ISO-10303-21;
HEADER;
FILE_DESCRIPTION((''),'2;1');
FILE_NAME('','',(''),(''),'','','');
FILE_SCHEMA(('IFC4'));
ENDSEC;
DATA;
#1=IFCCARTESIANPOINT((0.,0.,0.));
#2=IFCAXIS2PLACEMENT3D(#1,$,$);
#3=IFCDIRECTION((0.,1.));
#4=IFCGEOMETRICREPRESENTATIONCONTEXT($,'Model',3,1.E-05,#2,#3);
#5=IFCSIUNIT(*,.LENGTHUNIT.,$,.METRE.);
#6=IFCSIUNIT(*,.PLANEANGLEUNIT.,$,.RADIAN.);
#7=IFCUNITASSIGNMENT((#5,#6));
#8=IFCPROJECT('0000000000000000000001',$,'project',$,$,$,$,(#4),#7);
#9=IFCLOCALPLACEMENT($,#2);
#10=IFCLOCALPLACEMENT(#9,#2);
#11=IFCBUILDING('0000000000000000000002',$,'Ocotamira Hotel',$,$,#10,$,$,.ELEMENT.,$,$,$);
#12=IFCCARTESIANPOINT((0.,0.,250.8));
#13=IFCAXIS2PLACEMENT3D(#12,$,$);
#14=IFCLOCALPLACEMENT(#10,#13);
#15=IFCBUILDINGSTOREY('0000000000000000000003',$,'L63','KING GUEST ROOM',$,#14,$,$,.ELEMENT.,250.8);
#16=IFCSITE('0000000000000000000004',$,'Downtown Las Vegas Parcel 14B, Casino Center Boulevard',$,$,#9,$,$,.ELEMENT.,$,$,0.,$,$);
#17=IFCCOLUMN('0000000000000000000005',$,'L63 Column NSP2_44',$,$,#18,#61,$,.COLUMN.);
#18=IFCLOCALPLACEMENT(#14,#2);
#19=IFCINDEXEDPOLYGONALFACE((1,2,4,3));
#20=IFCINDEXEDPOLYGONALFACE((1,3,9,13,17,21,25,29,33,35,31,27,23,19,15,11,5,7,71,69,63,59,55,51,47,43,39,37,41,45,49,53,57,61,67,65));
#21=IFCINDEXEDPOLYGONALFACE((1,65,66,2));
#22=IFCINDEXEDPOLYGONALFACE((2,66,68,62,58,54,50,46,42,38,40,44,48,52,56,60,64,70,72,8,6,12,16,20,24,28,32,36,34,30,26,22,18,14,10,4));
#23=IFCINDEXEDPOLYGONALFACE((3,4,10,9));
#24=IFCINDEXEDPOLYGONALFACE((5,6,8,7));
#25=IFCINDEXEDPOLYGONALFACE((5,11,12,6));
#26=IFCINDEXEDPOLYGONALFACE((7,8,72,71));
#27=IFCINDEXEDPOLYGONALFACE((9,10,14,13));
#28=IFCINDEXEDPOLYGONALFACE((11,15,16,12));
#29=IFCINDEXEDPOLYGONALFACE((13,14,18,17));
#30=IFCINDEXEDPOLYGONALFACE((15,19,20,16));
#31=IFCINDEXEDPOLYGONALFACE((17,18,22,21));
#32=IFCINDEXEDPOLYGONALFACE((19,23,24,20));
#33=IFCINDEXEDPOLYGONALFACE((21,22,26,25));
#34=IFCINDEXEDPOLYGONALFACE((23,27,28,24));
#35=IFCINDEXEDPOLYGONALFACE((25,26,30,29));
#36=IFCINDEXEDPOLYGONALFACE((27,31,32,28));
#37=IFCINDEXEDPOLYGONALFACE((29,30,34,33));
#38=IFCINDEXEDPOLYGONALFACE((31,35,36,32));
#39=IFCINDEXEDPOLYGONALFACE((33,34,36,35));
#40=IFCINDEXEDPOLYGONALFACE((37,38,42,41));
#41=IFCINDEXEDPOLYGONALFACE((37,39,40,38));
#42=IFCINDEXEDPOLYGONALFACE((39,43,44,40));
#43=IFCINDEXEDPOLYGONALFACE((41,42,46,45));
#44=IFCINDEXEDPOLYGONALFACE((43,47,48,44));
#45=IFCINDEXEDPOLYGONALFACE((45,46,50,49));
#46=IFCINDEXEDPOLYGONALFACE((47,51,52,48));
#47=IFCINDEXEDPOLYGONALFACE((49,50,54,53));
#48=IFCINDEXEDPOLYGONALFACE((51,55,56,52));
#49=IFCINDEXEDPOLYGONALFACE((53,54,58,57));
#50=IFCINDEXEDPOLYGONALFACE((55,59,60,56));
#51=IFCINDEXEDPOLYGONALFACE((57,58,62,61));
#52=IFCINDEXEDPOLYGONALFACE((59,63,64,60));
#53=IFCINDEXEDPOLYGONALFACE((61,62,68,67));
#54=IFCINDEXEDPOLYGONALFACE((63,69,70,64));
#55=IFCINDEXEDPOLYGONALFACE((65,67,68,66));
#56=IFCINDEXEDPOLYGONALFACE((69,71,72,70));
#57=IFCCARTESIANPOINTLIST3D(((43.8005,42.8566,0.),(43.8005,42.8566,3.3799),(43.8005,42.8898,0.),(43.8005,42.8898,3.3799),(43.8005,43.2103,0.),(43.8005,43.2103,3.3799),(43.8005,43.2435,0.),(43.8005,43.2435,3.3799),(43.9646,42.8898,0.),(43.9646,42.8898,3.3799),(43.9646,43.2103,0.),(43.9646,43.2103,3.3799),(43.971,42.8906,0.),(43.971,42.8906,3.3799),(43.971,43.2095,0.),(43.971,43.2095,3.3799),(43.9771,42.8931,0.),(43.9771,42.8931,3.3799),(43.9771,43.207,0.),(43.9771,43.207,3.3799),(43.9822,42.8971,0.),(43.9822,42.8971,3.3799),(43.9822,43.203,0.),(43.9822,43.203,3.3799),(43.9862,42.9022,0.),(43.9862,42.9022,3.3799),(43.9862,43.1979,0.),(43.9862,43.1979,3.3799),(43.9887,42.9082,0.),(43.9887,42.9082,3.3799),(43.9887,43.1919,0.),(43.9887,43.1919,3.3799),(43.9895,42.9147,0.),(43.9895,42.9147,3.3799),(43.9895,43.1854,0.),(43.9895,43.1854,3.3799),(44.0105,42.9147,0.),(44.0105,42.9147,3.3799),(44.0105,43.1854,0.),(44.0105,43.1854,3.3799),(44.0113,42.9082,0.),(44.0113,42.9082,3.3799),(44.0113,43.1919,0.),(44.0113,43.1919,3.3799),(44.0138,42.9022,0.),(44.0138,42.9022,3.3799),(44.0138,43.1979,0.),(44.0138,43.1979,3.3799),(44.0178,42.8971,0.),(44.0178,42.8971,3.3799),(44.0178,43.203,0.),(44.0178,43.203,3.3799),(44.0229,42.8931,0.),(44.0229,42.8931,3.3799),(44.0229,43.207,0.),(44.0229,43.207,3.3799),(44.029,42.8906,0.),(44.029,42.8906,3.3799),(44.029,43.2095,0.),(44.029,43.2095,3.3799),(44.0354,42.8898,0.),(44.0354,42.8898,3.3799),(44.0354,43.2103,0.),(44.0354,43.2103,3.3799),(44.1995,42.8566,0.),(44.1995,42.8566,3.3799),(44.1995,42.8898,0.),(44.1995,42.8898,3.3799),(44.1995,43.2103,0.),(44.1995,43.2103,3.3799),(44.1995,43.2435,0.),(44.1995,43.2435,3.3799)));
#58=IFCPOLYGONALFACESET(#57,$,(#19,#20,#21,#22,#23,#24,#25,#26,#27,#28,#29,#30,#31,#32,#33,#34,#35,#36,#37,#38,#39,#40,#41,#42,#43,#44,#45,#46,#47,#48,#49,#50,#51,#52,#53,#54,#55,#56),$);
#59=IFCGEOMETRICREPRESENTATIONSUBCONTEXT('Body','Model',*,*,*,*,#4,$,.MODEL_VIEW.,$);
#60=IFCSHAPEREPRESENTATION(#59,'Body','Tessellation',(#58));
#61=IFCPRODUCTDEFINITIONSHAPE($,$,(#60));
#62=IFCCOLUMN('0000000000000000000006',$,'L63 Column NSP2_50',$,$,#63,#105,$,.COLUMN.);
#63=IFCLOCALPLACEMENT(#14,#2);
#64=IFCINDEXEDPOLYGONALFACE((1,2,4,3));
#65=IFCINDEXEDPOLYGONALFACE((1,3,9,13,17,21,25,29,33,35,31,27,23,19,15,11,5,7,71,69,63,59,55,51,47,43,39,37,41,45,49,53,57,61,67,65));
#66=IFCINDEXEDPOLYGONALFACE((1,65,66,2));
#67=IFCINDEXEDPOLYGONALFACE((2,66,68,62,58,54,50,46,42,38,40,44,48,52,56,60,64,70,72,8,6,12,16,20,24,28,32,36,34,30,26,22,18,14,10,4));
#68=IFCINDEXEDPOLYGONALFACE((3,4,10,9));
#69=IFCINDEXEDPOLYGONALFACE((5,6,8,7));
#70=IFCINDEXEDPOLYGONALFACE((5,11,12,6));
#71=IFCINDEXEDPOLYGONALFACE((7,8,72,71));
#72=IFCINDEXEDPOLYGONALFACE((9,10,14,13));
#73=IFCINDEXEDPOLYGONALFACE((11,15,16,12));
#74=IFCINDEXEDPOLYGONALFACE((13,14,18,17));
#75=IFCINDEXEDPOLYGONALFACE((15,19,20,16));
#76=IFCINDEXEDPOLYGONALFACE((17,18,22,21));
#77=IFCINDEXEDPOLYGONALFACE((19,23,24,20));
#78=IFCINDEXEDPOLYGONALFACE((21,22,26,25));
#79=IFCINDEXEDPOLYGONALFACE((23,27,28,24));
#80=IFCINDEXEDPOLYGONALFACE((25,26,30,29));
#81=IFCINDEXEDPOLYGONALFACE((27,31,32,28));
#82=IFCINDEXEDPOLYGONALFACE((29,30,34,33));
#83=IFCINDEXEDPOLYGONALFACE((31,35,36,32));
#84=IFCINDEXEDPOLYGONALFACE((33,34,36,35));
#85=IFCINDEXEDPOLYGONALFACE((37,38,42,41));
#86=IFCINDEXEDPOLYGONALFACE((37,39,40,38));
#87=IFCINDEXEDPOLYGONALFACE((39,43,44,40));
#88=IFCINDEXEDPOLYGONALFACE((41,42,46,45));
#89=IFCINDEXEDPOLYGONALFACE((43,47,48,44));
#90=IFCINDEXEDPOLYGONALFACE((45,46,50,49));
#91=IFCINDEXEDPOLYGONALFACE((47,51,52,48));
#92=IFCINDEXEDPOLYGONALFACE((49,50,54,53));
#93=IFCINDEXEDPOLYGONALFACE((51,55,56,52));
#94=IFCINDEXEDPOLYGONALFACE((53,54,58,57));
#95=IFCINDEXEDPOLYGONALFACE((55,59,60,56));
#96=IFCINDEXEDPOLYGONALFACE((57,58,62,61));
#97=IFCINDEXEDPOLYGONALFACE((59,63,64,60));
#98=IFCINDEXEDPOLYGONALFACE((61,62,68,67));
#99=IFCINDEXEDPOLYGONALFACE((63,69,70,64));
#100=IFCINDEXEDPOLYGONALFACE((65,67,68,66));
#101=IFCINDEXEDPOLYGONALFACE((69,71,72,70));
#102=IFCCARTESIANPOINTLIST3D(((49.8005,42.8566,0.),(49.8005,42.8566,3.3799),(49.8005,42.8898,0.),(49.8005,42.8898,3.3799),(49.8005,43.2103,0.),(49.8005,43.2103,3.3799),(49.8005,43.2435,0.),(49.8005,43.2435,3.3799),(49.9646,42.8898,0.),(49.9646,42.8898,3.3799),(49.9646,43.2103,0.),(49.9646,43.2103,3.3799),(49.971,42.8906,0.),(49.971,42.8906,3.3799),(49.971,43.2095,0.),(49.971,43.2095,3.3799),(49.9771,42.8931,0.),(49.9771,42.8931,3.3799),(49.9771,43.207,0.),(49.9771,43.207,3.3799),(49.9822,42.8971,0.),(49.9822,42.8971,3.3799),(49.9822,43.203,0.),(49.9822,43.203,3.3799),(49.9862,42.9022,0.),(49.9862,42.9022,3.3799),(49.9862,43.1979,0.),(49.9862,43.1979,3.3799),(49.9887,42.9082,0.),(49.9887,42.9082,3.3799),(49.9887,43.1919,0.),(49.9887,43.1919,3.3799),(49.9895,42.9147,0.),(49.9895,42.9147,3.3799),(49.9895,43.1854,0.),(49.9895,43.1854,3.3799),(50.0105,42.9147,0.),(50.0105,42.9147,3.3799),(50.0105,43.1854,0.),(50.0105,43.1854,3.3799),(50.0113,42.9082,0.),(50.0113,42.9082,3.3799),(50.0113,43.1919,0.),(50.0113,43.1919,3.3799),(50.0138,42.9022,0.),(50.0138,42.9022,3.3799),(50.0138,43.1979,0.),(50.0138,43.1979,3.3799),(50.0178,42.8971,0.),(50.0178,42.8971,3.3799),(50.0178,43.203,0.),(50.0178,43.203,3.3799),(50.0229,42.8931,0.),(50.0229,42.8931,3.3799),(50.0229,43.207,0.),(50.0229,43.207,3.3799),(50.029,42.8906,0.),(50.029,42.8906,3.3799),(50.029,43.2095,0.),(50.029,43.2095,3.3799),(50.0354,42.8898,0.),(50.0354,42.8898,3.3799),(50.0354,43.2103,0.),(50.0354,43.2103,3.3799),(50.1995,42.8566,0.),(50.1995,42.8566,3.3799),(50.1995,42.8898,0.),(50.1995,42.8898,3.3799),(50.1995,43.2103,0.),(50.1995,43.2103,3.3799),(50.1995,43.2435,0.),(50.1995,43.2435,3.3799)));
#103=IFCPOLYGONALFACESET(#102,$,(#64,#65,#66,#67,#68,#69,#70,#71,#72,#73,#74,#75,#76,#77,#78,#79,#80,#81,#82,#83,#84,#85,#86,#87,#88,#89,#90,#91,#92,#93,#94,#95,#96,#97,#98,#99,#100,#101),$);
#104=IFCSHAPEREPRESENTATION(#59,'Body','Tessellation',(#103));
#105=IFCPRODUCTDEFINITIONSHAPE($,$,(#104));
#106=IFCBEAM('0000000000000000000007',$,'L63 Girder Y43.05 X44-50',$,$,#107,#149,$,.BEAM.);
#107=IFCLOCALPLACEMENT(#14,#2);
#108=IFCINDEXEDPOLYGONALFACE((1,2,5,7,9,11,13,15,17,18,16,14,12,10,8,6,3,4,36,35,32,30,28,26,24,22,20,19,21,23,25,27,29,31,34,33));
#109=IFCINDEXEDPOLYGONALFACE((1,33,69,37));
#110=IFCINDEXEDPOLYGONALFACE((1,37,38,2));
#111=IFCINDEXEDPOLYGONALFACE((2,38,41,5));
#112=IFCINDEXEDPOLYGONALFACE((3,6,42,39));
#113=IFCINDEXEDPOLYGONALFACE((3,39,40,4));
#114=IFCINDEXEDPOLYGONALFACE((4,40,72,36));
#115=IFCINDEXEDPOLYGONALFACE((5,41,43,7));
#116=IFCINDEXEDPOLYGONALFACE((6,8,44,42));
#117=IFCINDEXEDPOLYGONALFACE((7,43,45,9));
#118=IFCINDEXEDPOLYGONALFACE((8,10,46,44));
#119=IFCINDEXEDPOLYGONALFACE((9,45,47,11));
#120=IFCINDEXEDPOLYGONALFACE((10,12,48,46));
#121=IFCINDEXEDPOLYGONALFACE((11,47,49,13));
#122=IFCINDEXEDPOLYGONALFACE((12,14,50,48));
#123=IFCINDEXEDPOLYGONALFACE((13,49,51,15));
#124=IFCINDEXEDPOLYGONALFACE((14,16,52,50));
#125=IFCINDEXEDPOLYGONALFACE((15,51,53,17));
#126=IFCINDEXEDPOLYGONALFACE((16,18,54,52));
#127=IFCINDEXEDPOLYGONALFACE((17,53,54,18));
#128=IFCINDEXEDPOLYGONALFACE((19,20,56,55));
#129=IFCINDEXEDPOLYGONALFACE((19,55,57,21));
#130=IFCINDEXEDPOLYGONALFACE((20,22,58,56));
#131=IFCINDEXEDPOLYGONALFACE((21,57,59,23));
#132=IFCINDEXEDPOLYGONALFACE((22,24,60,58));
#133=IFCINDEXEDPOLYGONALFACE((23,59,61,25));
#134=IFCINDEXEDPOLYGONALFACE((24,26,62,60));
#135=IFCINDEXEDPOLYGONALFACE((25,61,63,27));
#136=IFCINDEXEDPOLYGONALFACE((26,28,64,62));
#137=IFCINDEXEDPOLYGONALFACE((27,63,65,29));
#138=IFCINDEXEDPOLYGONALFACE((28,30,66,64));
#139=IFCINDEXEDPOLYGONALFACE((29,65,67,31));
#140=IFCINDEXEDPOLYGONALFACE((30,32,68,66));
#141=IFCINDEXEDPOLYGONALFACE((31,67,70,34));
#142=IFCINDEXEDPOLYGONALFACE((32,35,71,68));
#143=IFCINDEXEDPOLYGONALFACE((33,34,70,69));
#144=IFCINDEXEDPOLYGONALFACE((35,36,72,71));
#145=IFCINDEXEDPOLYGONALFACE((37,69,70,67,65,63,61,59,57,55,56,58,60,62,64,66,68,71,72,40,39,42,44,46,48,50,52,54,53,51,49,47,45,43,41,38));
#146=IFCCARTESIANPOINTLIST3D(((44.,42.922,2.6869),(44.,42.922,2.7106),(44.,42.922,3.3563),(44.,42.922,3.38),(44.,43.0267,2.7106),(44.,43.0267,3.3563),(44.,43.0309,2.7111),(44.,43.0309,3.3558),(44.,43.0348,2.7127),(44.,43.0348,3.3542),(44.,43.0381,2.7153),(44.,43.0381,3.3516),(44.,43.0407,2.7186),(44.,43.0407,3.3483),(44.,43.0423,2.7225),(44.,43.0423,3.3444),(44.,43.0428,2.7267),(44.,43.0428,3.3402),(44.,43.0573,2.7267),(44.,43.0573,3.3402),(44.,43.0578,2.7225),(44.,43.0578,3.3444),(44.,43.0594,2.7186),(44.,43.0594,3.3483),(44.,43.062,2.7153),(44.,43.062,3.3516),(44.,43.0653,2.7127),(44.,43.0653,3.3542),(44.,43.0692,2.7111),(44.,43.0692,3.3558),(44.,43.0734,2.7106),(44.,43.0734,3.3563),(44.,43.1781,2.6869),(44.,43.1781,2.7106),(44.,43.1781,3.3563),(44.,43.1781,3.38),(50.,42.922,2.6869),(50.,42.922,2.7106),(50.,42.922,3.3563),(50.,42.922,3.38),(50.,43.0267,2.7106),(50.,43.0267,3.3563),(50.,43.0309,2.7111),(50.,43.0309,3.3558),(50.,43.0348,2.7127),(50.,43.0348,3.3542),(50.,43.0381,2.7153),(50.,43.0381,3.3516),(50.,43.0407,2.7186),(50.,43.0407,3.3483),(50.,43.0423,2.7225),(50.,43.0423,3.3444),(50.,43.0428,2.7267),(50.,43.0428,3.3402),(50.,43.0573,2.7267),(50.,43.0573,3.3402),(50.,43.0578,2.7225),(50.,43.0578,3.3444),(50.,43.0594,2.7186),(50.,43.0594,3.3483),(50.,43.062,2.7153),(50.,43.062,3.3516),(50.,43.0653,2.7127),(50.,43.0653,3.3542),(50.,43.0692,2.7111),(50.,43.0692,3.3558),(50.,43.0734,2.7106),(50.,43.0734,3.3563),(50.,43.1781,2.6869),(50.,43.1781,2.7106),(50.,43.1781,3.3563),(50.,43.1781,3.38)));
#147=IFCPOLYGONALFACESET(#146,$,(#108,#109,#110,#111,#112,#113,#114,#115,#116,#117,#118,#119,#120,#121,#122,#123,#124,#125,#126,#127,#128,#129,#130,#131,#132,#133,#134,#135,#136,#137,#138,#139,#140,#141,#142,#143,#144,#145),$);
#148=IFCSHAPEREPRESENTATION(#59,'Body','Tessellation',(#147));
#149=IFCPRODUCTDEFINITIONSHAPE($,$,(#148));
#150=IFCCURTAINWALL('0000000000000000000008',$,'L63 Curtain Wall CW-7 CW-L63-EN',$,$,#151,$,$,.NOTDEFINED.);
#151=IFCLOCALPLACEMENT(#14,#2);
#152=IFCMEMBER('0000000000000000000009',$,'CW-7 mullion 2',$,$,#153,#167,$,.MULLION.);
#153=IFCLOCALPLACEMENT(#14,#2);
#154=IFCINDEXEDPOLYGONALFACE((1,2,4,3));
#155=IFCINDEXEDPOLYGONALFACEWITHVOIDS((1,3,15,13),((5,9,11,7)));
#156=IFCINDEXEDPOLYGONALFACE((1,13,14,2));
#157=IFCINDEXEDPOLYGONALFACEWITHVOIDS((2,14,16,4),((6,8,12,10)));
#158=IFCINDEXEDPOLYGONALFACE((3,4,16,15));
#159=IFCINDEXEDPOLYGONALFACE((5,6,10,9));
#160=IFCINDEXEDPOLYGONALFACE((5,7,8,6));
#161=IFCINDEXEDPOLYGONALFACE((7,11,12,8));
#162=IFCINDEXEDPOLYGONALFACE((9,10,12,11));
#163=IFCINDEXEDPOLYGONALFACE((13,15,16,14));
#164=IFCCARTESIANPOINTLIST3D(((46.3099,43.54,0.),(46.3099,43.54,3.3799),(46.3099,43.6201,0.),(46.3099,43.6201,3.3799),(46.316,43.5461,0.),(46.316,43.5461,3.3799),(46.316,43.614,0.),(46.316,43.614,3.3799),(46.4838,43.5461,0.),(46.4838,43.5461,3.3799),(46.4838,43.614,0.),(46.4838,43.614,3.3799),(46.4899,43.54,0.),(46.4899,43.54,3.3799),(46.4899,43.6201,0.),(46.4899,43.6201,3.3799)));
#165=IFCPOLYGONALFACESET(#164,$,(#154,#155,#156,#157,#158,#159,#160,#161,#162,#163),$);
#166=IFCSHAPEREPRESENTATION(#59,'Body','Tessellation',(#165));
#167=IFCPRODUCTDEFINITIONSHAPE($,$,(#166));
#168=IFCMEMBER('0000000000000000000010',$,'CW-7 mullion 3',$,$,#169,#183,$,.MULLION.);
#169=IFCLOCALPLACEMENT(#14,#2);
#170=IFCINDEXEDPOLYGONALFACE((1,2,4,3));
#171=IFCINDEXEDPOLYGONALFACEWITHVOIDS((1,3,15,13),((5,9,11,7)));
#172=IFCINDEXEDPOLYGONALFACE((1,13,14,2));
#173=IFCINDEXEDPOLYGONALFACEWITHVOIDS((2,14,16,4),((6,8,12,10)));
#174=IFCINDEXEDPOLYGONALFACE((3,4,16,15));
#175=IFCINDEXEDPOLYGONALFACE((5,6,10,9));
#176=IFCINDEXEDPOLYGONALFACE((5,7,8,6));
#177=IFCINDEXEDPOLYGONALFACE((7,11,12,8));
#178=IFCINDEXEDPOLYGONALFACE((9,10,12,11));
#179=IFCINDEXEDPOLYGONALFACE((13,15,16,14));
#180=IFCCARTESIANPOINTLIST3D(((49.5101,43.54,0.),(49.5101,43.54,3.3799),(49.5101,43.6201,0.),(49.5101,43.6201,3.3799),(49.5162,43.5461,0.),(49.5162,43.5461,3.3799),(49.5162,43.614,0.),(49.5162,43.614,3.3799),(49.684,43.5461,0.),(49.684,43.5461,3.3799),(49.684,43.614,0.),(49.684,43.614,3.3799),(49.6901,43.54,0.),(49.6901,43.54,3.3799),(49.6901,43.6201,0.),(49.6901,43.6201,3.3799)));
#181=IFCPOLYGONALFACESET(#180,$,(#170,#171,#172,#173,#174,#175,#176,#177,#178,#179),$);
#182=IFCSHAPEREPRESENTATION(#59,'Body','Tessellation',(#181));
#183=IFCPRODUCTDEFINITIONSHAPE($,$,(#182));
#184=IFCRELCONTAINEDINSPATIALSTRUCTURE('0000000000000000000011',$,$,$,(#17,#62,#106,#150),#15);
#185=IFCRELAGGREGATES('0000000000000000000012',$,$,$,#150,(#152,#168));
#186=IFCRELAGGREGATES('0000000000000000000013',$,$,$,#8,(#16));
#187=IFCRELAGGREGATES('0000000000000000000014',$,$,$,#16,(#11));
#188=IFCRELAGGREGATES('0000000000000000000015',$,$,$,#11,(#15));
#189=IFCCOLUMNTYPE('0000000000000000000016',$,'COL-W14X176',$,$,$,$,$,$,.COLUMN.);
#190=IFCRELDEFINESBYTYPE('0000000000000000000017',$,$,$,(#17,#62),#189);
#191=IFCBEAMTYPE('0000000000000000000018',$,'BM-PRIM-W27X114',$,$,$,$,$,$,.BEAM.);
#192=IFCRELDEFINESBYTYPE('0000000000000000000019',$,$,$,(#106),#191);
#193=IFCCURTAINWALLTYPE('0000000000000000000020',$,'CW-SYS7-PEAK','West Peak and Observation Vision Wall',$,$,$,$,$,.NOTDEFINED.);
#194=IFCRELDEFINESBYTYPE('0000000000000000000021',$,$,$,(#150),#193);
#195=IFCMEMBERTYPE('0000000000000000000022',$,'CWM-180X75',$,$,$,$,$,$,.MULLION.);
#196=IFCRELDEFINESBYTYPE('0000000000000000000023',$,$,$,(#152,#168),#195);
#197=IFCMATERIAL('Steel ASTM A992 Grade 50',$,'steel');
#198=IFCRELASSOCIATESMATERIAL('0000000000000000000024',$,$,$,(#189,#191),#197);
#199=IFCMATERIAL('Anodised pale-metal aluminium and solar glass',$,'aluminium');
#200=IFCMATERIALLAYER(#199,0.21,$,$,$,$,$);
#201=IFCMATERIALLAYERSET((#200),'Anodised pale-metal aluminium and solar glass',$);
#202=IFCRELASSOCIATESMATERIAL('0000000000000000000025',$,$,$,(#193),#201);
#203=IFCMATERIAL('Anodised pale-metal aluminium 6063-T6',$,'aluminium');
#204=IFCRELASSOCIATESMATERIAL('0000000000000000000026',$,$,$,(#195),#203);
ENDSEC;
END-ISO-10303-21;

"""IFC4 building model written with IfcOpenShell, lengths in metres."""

from ifc_helpers import new_model, si_unit, direction, frame, origin, origin_2d, place, context, subcontext, project, spatial, hollow_rectangle, i_section, extrude, source, transform, mapped, material, layer, layer_set, material_profile, profile_set, type_object, element, aggregate, save


model = new_model("IFC4")

# Units and contexts
model_context = context("Model", 3, precision=1e-05, world=origin(), true_north=direction((0.0, 1.0)))
body_context = subcontext(model_context, "Body", "Model", "MODEL_VIEW")
ifc_project = project(units=[si_unit("LENGTHUNIT", "METRE"), si_unit("PLANEANGLEUNIT", "RADIAN")], contexts=[model_context])

# Site, building, storey
site_placement = place(None, origin())
site = spatial("IfcSite", under=ifc_project, at=site_placement, Name="Downtown Las Vegas Parcel 14B, Casino Center Boulevard", CompositionType="ELEMENT", RefElevation=0.0)
building_placement = place(site_placement, origin())
building = spatial("IfcBuilding", under=site, at=building_placement, Name="Ocotamira Hotel", CompositionType="ELEMENT")
storey_placement = place(building_placement, frame((0.0, 0.0, 250.8)))
storey = spatial("IfcBuildingStorey", under=building, at=storey_placement, Name="L63", Description="KING GUEST ROOM", CompositionType="ELEMENT", Elevation=250.8)

# Columns
ifc_material_1 = material(Name="Steel ASTM A992 Grade 50", Category="steel")
ifc_material_profile_1 = material_profile(ifc_material_1, i_section(OverallWidth=0.3989, OverallDepth=0.387, WebThickness=0.021, FlangeThickness=0.0332, FilletRadius=0.0249, at=origin_2d()), Name="W14X176")
ifc_profile_set_1 = profile_set([ifc_material_profile_1], Name="Steel ASTM A992 Grade 50")
column_type = type_object("IfcColumnType", Name="COL-W14X176", PredefinedType="COLUMN", material=ifc_profile_set_1)
shared_shape_1 = source(origin(), body_context, "Body", "SweptSolid", [
    extrude(i_section(OverallWidth=0.3989, OverallDepth=0.387, WebThickness=0.021, FlangeThickness=0.0332, FilletRadius=0.0249, at=origin_2d()), origin(), (0.0, 0.0, 1.0), 3.3799),
])
for number, where, z_axis, x_axis, name in (
    (1, (44.0, 43.05, 0.0), (0.0, 0.0, 1.0), (1.0, 0.0, 0.0), "L63 Column NSP2_44"),
    (2, (50.0, 43.05, 0.0), (0.0, 0.0, 1.0), (1.0, 0.0, 0.0), "L63 Column NSP2_50"),
):
    element("IfcColumn", number, at=place(storey_placement, frame(where, z_axis=z_axis, x_axis=x_axis)), inside=storey, type_object=column_type, Name=name, PredefinedType="COLUMN", context=body_context, shape_type="MappedRepresentation", body=[
        mapped(shared_shape_1, transform((0.0, 0.0, 0.0), scale=1.0)),
    ])

# Beam
ifc_material_profile_2 = material_profile(ifc_material_1, i_section(OverallWidth=0.2561, OverallDepth=0.6931, WebThickness=0.0144, FlangeThickness=0.0237, FilletRadius=0.0161, at=origin_2d()), Name="W27X114")
ifc_profile_set_2 = profile_set([ifc_material_profile_2], Name="Steel ASTM A992 Grade 50")
beam_type = type_object("IfcBeamType", Name="BM-PRIM-W27X114", PredefinedType="BEAM", material=ifc_profile_set_2)
shared_shape_2 = source(origin(), body_context, "Body", "SweptSolid", [
    extrude(i_section(OverallWidth=0.2561, OverallDepth=0.6931, WebThickness=0.0144, FlangeThickness=0.0237, FilletRadius=0.0161, at=origin_2d()), origin(), (0.0, 0.0, 1.0), 6.0),
])
beam_placement = place(storey_placement, frame((44.0, 43.05, 3.0334), z_axis=(1.0, 0.0, 0.0), x_axis=(0.0, 1.0, 0.0)))
element("IfcBeam", 3, at=beam_placement, inside=storey, type_object=beam_type, Name="L63 Girder Y43.05 X44-50", PredefinedType="BEAM", context=body_context, shape_type="MappedRepresentation", body=[
    mapped(shared_shape_2, transform((0.0, 0.0, 0.0), scale=1.0)),
])

# Curtain wall, members
ifc_material_2 = material(Name="Anodised pale-metal aluminium and solar glass", Category="aluminium")
ifc_layer_1 = layer(ifc_material_2, 0.21)
ifc_layer_set_1 = layer_set([ifc_layer_1], Name="Anodised pale-metal aluminium and solar glass")
curtain_wall_type = type_object("IfcCurtainWallType", Name="CW-SYS7-PEAK", Description="West Peak and Observation Vision Wall", PredefinedType="NOTDEFINED", material=ifc_layer_set_1)
curtain_wall_1_placement = place(storey_placement, origin())
curtain_wall_1 = element("IfcCurtainWall", 4, at=curtain_wall_1_placement, inside=storey, type_object=curtain_wall_type, Name="L63 Curtain Wall CW-7 CW-L63-EN", PredefinedType="NOTDEFINED")
ifc_material_3 = material(Name="Anodised pale-metal aluminium 6063-T6", Category="aluminium")
ifc_material_profile_3 = material_profile(ifc_material_3, hollow_rectangle(XDim=0.0801, YDim=0.1799, WallThickness=0.0061, at=origin_2d()), Name="HSS180X80X6")
ifc_profile_set_3 = profile_set([ifc_material_profile_3], Name="Anodised pale-metal aluminium 6063-T6")
member_type_1 = type_object("IfcMemberType", Name="CWM-180X75", PredefinedType="MULLION", material=ifc_profile_set_3)
shared_shape_3 = source(origin(), body_context, "Body", "SweptSolid", [
    extrude(hollow_rectangle(XDim=0.0801, YDim=0.1799, WallThickness=0.0061, at=origin_2d()), origin(), (0.0, 0.0, 1.0), 3.3799),
])
member_1_placement = place(storey_placement, frame((46.3999, 43.5801, 0.0), z_axis=(0.0, 0.0, 1.0), x_axis=(0.0, 1.0, 0.0)))
member_1 = element("IfcMember", 5, at=member_1_placement, type_object=member_type_1, Name="CW-7 mullion 2", PredefinedType="MULLION", context=body_context, shape_type="MappedRepresentation", body=[
    mapped(shared_shape_3, transform((0.0, 0.0, 0.0), scale=1.0)),
])
member_2_placement = place(storey_placement, frame((49.6001, 43.5801, 0.0), z_axis=(0.0, 0.0, 1.0), x_axis=(0.0, 1.0, 0.0)))
member_2 = element("IfcMember", 6, at=member_2_placement, type_object=member_type_1, Name="CW-7 mullion 3", PredefinedType="MULLION", context=body_context, shape_type="MappedRepresentation", body=[
    mapped(shared_shape_3, transform((0.0, 0.0, 0.0), scale=1.0)),
])

aggregate(curtain_wall_1, [member_1, member_2])

save(model, "model.ifc")
